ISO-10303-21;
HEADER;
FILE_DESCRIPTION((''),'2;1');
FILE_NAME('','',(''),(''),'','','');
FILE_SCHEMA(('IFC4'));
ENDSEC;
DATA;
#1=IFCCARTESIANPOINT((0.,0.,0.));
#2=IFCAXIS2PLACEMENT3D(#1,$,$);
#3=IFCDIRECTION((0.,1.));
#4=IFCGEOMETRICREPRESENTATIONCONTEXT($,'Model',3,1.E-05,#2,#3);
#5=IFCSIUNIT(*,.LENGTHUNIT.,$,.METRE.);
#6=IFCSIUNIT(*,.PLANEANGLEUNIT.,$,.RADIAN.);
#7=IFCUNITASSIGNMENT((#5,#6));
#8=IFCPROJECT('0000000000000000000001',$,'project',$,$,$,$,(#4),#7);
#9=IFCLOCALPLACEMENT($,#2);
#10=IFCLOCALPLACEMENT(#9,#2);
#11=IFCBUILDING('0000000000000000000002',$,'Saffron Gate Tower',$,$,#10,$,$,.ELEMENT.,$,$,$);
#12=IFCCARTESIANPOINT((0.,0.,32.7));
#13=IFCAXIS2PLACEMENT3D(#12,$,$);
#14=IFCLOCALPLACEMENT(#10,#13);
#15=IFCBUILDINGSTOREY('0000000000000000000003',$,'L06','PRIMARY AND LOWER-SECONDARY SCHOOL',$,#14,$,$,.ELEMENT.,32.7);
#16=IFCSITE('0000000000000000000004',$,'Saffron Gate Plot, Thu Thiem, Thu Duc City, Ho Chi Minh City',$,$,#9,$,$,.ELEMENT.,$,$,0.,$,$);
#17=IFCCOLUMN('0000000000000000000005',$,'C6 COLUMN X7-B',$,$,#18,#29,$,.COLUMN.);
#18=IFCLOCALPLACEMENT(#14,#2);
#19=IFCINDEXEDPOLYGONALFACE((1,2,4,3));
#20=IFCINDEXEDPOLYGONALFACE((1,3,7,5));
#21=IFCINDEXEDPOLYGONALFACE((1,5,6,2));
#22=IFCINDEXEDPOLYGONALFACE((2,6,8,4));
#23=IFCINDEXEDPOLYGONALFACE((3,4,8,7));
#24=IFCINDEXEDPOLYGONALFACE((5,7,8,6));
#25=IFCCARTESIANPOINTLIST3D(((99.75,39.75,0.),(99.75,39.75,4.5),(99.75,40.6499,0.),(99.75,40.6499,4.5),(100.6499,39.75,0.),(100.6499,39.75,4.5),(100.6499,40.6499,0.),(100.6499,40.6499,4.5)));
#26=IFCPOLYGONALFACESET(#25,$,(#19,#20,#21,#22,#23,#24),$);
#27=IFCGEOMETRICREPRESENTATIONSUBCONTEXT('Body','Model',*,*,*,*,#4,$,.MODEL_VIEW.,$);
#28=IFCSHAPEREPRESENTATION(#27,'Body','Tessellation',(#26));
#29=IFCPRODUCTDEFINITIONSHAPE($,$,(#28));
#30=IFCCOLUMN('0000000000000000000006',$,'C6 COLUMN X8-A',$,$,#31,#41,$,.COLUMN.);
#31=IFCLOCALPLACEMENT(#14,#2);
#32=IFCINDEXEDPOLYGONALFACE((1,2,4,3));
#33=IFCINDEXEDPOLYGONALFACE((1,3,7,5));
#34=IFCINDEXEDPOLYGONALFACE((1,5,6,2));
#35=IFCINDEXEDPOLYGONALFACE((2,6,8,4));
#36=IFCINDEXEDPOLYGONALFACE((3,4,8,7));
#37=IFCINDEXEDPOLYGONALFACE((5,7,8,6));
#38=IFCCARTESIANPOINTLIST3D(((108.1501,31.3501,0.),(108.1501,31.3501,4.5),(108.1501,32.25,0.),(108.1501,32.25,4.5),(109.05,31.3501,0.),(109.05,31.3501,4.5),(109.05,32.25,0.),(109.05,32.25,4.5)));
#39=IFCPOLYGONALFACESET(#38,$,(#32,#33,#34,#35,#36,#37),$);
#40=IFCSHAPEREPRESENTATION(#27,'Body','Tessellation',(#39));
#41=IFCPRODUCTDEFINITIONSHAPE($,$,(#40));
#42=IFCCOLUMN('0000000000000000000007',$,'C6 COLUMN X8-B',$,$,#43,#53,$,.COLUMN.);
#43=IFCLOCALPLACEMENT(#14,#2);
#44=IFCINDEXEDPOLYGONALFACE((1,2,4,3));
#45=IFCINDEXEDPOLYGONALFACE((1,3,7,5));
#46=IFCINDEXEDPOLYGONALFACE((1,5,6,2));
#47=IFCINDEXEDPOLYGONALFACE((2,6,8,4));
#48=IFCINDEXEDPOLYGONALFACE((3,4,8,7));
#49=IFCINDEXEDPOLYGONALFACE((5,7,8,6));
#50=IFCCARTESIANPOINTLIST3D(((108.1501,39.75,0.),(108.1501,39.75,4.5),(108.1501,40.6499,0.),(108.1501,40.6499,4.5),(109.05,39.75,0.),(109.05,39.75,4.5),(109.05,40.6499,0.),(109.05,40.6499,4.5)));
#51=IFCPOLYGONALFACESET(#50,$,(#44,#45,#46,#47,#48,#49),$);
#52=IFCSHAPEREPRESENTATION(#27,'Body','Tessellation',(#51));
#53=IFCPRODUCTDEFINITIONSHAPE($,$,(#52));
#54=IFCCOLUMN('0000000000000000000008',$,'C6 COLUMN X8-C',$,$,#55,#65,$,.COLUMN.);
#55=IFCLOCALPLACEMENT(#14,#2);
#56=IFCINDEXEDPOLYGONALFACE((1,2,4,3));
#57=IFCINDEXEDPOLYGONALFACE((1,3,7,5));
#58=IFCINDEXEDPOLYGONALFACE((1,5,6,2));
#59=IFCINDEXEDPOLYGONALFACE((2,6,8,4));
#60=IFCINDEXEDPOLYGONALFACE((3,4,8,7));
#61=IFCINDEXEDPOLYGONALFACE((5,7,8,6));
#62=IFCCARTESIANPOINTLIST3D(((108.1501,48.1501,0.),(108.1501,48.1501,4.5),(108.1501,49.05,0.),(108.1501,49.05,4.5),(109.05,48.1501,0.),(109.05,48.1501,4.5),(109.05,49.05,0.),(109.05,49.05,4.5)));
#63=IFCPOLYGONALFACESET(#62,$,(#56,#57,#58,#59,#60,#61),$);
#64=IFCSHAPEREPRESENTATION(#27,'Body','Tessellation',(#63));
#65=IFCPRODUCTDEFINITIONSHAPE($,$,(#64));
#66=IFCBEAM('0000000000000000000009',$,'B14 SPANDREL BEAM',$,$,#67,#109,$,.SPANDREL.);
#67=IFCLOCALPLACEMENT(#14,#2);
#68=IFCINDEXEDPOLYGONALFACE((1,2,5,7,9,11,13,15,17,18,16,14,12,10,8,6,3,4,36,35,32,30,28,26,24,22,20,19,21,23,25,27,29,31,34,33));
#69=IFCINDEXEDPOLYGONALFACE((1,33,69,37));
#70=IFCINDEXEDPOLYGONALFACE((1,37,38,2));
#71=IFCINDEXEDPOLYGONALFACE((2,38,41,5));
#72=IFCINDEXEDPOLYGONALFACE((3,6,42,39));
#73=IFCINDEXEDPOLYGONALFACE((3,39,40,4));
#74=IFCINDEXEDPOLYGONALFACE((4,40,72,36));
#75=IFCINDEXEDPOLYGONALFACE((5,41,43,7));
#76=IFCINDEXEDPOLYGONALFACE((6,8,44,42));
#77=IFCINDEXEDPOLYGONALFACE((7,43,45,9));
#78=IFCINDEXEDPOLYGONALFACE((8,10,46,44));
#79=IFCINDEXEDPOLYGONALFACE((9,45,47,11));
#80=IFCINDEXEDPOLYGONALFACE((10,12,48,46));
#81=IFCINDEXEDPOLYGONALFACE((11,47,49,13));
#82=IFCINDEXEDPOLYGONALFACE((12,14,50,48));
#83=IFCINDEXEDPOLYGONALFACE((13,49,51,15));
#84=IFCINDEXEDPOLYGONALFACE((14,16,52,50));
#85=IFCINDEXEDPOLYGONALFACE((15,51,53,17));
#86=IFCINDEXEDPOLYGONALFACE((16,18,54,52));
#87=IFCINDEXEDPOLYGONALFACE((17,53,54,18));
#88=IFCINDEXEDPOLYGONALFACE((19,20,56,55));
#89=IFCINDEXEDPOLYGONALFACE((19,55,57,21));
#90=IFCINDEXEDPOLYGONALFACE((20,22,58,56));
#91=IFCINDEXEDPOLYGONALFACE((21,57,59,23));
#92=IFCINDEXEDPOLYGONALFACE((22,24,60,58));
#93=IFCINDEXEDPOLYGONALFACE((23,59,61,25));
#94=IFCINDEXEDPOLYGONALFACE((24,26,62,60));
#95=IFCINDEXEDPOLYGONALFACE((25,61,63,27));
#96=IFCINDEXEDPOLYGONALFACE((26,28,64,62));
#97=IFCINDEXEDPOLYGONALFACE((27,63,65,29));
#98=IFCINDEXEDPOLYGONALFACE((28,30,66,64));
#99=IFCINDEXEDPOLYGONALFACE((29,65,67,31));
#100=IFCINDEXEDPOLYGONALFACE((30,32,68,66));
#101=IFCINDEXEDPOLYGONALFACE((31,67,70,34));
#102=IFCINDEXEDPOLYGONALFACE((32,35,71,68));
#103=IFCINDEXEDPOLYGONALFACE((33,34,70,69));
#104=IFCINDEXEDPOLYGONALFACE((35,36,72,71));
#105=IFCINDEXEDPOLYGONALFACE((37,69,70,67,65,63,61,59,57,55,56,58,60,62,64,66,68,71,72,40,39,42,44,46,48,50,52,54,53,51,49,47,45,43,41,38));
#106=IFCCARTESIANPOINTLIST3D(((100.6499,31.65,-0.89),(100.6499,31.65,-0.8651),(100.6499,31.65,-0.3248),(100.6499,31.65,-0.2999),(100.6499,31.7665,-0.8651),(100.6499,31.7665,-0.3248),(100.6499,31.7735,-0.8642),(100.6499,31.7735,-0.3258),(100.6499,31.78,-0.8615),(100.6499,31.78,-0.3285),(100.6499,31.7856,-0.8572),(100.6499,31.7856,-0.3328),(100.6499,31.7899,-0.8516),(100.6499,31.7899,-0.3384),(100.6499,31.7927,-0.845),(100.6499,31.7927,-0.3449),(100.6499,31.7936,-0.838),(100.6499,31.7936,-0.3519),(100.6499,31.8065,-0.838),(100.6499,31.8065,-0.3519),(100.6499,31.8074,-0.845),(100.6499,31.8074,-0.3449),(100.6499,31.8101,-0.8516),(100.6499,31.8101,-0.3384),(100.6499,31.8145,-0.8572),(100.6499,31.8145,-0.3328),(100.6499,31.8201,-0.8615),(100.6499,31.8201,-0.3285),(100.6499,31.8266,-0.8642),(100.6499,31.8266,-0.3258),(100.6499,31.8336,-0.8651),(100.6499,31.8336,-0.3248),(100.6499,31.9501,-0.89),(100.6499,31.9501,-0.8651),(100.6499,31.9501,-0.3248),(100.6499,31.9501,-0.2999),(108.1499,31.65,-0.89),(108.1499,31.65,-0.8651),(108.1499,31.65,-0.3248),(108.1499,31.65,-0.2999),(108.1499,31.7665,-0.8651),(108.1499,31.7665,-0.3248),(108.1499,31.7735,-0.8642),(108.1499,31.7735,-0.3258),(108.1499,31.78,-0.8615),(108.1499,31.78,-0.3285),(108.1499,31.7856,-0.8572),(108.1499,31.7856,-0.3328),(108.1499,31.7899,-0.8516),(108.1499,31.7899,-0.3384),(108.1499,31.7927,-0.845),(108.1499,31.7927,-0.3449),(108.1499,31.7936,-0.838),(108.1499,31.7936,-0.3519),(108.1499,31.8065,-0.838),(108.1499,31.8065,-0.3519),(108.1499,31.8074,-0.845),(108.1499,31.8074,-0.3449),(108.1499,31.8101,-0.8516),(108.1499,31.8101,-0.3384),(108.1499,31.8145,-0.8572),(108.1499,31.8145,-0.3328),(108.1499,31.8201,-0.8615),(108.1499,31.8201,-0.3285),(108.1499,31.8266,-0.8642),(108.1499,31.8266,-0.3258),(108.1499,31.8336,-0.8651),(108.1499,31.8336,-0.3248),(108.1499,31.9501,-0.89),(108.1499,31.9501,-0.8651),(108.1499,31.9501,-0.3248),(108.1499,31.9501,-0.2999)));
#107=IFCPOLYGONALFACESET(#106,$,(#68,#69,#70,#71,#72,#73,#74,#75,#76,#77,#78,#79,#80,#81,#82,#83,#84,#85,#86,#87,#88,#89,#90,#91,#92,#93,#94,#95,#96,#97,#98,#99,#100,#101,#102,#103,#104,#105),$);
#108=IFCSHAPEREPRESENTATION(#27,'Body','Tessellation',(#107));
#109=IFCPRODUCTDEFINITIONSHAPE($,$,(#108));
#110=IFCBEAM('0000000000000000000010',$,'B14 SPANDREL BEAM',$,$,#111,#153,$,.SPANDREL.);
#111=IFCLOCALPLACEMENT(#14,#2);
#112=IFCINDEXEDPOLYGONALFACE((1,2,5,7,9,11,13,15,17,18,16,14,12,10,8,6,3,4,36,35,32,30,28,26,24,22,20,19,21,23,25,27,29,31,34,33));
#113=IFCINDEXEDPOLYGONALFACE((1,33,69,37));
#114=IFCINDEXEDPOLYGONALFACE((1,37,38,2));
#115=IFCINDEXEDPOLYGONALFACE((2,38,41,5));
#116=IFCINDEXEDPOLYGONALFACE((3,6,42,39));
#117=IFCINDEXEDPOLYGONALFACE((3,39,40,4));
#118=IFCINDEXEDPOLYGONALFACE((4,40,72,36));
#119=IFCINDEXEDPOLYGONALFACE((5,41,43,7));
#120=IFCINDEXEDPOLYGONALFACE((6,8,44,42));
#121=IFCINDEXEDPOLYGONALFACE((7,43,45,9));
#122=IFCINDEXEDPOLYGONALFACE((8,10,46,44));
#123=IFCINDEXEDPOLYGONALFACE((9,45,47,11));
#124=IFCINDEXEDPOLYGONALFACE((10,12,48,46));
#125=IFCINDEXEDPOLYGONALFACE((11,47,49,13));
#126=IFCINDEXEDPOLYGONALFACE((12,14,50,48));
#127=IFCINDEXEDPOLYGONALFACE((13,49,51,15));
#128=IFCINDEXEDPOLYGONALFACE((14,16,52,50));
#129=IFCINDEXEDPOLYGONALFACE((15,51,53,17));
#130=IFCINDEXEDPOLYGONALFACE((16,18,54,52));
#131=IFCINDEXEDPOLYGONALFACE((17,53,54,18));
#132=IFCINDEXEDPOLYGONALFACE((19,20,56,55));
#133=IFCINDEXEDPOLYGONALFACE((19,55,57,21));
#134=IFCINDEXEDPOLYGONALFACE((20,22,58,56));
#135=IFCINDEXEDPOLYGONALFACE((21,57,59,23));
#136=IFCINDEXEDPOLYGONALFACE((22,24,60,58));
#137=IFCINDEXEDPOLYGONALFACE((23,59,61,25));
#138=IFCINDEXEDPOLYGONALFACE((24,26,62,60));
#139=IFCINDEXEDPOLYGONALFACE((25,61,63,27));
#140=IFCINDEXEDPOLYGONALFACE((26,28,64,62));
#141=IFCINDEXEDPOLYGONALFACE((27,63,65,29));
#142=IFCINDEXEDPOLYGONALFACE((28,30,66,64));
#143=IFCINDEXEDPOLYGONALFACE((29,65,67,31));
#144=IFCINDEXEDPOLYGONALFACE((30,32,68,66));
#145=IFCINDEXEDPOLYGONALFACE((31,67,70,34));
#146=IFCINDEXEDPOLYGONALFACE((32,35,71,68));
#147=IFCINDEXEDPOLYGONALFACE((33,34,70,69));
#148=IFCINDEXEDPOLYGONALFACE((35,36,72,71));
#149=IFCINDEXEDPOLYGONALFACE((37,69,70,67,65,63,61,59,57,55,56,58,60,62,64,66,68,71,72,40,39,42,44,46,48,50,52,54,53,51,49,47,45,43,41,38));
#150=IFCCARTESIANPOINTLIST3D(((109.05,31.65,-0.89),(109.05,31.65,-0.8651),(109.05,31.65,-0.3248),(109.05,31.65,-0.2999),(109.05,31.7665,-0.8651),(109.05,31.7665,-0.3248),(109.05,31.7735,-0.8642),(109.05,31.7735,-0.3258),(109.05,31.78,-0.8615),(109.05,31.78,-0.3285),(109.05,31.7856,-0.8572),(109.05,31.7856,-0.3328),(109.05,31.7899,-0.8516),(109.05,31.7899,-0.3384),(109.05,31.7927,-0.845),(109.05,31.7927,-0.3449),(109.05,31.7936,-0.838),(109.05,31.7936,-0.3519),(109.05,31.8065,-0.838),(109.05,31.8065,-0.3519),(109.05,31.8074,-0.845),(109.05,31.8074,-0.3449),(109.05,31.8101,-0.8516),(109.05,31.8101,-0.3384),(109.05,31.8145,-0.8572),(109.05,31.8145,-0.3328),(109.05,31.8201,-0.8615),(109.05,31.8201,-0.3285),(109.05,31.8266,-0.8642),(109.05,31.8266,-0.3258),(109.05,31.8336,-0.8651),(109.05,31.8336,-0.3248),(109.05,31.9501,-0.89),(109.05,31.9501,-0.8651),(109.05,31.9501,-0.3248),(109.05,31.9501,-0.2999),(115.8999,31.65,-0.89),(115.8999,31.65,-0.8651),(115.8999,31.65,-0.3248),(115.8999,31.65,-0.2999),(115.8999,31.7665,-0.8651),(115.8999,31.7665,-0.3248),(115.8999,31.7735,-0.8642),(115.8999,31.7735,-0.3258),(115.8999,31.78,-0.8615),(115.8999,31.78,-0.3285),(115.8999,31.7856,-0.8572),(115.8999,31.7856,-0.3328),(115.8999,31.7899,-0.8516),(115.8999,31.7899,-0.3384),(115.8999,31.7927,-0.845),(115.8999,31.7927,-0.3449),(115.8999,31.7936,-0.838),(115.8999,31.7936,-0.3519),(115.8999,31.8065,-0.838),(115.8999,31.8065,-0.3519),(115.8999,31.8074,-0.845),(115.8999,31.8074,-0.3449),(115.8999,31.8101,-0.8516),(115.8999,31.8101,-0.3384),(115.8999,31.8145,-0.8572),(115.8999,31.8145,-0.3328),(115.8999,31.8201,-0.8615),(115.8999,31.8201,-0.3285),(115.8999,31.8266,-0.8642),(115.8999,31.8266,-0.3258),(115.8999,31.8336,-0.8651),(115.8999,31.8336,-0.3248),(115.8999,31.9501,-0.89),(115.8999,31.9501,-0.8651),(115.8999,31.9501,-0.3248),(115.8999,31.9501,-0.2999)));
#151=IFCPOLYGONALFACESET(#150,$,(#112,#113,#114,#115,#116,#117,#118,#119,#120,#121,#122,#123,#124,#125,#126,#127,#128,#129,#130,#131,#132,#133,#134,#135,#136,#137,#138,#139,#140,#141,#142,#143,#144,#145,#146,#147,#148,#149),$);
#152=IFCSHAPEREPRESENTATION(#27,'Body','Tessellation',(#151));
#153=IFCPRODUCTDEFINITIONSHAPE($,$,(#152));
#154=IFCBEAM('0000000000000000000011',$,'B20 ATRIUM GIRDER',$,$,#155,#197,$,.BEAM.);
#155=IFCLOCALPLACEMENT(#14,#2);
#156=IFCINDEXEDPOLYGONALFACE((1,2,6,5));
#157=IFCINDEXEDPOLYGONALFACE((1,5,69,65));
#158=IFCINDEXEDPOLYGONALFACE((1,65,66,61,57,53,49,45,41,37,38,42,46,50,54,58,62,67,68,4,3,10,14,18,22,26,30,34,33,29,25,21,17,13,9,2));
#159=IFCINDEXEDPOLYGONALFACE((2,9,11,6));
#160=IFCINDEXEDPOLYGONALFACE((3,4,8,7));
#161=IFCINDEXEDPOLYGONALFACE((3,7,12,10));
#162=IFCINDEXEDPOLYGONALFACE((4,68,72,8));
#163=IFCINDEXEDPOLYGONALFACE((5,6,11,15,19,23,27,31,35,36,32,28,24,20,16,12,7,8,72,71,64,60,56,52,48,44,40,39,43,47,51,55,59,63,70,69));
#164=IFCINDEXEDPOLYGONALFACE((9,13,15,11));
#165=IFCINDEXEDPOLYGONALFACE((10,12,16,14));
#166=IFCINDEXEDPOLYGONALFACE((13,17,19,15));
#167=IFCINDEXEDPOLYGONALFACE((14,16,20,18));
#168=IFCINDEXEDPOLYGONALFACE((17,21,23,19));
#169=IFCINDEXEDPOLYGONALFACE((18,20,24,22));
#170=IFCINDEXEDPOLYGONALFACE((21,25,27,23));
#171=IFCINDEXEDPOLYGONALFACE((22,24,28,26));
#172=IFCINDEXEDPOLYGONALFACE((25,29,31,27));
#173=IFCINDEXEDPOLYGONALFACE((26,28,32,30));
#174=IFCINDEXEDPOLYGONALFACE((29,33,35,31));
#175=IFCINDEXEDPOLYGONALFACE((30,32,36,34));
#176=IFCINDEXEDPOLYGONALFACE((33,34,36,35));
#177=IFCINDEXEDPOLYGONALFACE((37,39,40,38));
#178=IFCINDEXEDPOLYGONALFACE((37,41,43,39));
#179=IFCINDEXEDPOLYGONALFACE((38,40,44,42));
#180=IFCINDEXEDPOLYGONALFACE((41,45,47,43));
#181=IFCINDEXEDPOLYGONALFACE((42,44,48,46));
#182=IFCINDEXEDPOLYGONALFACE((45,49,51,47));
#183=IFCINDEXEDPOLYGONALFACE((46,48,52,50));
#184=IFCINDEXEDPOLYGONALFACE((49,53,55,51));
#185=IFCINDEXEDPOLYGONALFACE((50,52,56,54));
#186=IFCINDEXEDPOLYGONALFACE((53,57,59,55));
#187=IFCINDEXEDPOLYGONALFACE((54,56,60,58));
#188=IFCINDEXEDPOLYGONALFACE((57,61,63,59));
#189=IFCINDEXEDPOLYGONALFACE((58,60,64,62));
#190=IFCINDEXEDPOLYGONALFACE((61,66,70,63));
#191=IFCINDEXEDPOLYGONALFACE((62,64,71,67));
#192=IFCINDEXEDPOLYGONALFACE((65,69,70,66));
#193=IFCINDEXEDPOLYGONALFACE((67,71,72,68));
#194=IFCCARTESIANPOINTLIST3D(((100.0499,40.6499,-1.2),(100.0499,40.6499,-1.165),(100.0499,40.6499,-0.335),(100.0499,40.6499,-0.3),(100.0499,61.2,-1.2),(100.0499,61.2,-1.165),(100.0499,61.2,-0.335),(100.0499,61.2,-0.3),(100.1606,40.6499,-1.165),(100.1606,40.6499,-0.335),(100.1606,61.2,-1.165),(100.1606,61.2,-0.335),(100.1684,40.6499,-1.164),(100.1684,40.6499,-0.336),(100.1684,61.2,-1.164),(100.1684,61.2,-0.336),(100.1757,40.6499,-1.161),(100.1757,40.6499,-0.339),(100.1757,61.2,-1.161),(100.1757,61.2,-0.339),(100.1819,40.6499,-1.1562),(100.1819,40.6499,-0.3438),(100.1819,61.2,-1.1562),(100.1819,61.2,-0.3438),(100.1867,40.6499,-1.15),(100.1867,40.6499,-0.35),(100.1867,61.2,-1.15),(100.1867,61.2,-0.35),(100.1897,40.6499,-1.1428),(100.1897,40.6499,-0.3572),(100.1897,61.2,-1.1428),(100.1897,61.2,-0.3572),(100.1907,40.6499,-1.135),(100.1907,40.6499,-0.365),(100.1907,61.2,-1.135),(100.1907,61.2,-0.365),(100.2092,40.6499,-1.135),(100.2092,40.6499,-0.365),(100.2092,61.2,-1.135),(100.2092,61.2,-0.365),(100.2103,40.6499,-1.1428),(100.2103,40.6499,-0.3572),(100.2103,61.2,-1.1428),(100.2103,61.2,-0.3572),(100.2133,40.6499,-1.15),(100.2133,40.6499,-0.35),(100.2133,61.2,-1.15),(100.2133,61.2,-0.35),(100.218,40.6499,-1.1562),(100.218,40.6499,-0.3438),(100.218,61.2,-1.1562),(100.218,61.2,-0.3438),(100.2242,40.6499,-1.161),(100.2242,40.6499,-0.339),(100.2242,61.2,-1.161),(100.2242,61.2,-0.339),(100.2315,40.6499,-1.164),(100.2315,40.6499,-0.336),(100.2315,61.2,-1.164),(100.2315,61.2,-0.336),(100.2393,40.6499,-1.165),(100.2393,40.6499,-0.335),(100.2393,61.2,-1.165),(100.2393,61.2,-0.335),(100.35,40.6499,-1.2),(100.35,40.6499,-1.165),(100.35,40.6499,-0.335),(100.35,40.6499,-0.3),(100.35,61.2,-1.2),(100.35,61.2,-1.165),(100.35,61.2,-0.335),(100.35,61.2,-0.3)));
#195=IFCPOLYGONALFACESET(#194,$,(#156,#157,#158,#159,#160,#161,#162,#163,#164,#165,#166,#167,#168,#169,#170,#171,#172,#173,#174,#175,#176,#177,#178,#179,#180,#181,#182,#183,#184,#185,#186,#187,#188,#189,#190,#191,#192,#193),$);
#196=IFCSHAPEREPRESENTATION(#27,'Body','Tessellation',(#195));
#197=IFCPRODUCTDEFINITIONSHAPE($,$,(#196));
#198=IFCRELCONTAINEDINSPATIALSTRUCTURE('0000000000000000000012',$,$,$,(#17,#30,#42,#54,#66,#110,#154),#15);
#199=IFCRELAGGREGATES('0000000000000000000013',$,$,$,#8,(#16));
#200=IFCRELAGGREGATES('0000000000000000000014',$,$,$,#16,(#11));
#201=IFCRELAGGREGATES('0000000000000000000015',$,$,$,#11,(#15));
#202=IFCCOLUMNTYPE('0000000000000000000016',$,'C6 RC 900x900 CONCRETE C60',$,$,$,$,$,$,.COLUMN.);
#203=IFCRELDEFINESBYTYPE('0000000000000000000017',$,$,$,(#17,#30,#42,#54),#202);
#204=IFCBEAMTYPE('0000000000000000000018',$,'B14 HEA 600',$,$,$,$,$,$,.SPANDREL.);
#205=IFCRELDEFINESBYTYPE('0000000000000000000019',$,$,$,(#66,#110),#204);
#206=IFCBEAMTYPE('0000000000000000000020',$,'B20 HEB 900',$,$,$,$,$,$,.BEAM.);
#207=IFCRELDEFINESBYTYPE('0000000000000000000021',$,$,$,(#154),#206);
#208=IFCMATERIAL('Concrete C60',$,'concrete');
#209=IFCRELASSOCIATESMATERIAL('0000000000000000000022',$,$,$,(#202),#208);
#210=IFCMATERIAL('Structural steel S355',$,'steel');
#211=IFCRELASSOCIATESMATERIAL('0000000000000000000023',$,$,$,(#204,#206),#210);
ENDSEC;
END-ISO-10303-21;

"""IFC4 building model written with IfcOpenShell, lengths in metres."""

from ifc_helpers import new_model, si_unit, direction, frame, origin, origin_2d, place, context, subcontext, project, spatial, rectangle, i_section, extrude, material, material_profile, profile_set, type_object, element, save


model = new_model("IFC4")

# Units and contexts
model_context = context("Model", 3, precision=1e-05, world=origin(), true_north=direction((0.0, 1.0)))
body_context = subcontext(model_context, "Body", "Model", "MODEL_VIEW")
ifc_project = project(units=[si_unit("LENGTHUNIT", "METRE"), si_unit("PLANEANGLEUNIT", "RADIAN")], contexts=[model_context])

# Site, building, storey
site_placement = place(None, origin())
site = spatial("IfcSite", under=ifc_project, at=site_placement, Name="Saffron Gate Plot, Thu Thiem, Thu Duc City, Ho Chi Minh City", CompositionType="ELEMENT", RefElevation=0.0)
building_placement = place(site_placement, origin())
building = spatial("IfcBuilding", under=site, at=building_placement, Name="Saffron Gate Tower", CompositionType="ELEMENT")
storey_placement = place(building_placement, frame((0.0, 0.0, 32.7)))
storey = spatial("IfcBuildingStorey", under=building, at=storey_placement, Name="L06", Description="PRIMARY AND LOWER-SECONDARY SCHOOL", CompositionType="ELEMENT", Elevation=32.7)

# Columns
ifc_material_1 = material(Name="Concrete C60", Category="concrete")
ifc_material_profile_1 = material_profile(ifc_material_1, rectangle(XDim=0.8999, YDim=0.8999, at=origin_2d()))
ifc_profile_set_1 = profile_set([ifc_material_profile_1], Name="Concrete C60")
column_type = type_object("IfcColumnType", Name="C6 RC 900x900 CONCRETE C60", PredefinedType="COLUMN", material=ifc_profile_set_1)
for number, where, z_axis, x_axis, name in (
    (1, (100.2, 40.2, 0.0), (0.0, 0.0, 1.0), (1.0, 0.0, 0.0), "C6 COLUMN X7-B"),
    (2, (108.6001, 31.8, 0.0), (0.0, 0.0, 1.0), (1.0, 0.0, 0.0), "C6 COLUMN X8-A"),
    (3, (108.6001, 40.2, 0.0), (0.0, 0.0, 1.0), (1.0, 0.0, 0.0), "C6 COLUMN X8-B"),
    (4, (108.6001, 48.6001, 0.0), (0.0, 0.0, 1.0), (1.0, 0.0, 0.0), "C6 COLUMN X8-C"),
):
    element("IfcColumn", number, at=place(storey_placement, frame(where, z_axis=z_axis, x_axis=x_axis)), inside=storey, type_object=column_type, Name=name, PredefinedType="COLUMN", context=body_context, shape_type="SweptSolid", body=[
        extrude(rectangle(XDim=0.8999, YDim=0.8999, at=origin_2d()), origin(), (0.0, 0.0, 1.0), 4.5),
    ])

# Beams
ifc_material_2 = material(Name="Structural steel S355", Category="steel")
ifc_material_profile_2 = material_profile(ifc_material_2, i_section(OverallWidth=0.3, OverallDepth=0.5901, WebThickness=0.0129, FlangeThickness=0.0249, FilletRadius=0.0271, at=origin_2d()))
ifc_profile_set_2 = profile_set([ifc_material_profile_2], Name="Structural steel S355")
beam_type_1 = type_object("IfcBeamType", Name="B14 HEA 600", PredefinedType="SPANDREL", material=ifc_profile_set_2)
beam_1_placement = place(storey_placement, frame((100.6499, 31.8, -0.595), z_axis=(1.0, 0.0, 0.0), x_axis=(0.0, 1.0, 0.0)))
element("IfcBeam", 5, at=beam_1_placement, inside=storey, type_object=beam_type_1, Name="B14 SPANDREL BEAM", PredefinedType="SPANDREL", context=body_context, shape_type="SweptSolid", body=[
    extrude(i_section(OverallWidth=0.3, OverallDepth=0.5901, WebThickness=0.0129, FlangeThickness=0.0249, FilletRadius=0.0271, at=origin_2d()), origin(), (0.0, 0.0, 1.0), 7.5),
])
beam_2_placement = place(storey_placement, frame((109.05, 31.8, -0.595), z_axis=(1.0, 0.0, 0.0), x_axis=(0.0, 1.0, 0.0)))
element("IfcBeam", 6, at=beam_2_placement, inside=storey, type_object=beam_type_1, Name="B14 SPANDREL BEAM", PredefinedType="SPANDREL", context=body_context, shape_type="SweptSolid", body=[
    extrude(i_section(OverallWidth=0.3, OverallDepth=0.5901, WebThickness=0.0129, FlangeThickness=0.0249, FilletRadius=0.0271, at=origin_2d()), origin(), (0.0, 0.0, 1.0), 6.8499),
])
ifc_material_profile_3 = material_profile(ifc_material_2, i_section(OverallWidth=0.3, OverallDepth=0.8999, WebThickness=0.0186, FlangeThickness=0.0349, FilletRadius=0.03, at=origin_2d()))
ifc_profile_set_3 = profile_set([ifc_material_profile_3], Name="Structural steel S355")
beam_type_2 = type_object("IfcBeamType", Name="B20 HEB 900", PredefinedType="BEAM", material=ifc_profile_set_3)
beam_3_placement = place(storey_placement, frame((100.2, 40.6499, -0.75), z_axis=(0.0, 1.0, 0.0), x_axis=(-1.0, 0.0, 0.0)))
element("IfcBeam", 7, at=beam_3_placement, inside=storey, type_object=beam_type_2, Name="B20 ATRIUM GIRDER", PredefinedType="BEAM", context=body_context, shape_type="SweptSolid", body=[
    extrude(i_section(OverallWidth=0.3, OverallDepth=0.8999, WebThickness=0.0186, FlangeThickness=0.0349, FilletRadius=0.03, at=origin_2d()), origin(), (0.0, 0.0, 1.0), 20.55),
])

save(model, "model.ifc")
